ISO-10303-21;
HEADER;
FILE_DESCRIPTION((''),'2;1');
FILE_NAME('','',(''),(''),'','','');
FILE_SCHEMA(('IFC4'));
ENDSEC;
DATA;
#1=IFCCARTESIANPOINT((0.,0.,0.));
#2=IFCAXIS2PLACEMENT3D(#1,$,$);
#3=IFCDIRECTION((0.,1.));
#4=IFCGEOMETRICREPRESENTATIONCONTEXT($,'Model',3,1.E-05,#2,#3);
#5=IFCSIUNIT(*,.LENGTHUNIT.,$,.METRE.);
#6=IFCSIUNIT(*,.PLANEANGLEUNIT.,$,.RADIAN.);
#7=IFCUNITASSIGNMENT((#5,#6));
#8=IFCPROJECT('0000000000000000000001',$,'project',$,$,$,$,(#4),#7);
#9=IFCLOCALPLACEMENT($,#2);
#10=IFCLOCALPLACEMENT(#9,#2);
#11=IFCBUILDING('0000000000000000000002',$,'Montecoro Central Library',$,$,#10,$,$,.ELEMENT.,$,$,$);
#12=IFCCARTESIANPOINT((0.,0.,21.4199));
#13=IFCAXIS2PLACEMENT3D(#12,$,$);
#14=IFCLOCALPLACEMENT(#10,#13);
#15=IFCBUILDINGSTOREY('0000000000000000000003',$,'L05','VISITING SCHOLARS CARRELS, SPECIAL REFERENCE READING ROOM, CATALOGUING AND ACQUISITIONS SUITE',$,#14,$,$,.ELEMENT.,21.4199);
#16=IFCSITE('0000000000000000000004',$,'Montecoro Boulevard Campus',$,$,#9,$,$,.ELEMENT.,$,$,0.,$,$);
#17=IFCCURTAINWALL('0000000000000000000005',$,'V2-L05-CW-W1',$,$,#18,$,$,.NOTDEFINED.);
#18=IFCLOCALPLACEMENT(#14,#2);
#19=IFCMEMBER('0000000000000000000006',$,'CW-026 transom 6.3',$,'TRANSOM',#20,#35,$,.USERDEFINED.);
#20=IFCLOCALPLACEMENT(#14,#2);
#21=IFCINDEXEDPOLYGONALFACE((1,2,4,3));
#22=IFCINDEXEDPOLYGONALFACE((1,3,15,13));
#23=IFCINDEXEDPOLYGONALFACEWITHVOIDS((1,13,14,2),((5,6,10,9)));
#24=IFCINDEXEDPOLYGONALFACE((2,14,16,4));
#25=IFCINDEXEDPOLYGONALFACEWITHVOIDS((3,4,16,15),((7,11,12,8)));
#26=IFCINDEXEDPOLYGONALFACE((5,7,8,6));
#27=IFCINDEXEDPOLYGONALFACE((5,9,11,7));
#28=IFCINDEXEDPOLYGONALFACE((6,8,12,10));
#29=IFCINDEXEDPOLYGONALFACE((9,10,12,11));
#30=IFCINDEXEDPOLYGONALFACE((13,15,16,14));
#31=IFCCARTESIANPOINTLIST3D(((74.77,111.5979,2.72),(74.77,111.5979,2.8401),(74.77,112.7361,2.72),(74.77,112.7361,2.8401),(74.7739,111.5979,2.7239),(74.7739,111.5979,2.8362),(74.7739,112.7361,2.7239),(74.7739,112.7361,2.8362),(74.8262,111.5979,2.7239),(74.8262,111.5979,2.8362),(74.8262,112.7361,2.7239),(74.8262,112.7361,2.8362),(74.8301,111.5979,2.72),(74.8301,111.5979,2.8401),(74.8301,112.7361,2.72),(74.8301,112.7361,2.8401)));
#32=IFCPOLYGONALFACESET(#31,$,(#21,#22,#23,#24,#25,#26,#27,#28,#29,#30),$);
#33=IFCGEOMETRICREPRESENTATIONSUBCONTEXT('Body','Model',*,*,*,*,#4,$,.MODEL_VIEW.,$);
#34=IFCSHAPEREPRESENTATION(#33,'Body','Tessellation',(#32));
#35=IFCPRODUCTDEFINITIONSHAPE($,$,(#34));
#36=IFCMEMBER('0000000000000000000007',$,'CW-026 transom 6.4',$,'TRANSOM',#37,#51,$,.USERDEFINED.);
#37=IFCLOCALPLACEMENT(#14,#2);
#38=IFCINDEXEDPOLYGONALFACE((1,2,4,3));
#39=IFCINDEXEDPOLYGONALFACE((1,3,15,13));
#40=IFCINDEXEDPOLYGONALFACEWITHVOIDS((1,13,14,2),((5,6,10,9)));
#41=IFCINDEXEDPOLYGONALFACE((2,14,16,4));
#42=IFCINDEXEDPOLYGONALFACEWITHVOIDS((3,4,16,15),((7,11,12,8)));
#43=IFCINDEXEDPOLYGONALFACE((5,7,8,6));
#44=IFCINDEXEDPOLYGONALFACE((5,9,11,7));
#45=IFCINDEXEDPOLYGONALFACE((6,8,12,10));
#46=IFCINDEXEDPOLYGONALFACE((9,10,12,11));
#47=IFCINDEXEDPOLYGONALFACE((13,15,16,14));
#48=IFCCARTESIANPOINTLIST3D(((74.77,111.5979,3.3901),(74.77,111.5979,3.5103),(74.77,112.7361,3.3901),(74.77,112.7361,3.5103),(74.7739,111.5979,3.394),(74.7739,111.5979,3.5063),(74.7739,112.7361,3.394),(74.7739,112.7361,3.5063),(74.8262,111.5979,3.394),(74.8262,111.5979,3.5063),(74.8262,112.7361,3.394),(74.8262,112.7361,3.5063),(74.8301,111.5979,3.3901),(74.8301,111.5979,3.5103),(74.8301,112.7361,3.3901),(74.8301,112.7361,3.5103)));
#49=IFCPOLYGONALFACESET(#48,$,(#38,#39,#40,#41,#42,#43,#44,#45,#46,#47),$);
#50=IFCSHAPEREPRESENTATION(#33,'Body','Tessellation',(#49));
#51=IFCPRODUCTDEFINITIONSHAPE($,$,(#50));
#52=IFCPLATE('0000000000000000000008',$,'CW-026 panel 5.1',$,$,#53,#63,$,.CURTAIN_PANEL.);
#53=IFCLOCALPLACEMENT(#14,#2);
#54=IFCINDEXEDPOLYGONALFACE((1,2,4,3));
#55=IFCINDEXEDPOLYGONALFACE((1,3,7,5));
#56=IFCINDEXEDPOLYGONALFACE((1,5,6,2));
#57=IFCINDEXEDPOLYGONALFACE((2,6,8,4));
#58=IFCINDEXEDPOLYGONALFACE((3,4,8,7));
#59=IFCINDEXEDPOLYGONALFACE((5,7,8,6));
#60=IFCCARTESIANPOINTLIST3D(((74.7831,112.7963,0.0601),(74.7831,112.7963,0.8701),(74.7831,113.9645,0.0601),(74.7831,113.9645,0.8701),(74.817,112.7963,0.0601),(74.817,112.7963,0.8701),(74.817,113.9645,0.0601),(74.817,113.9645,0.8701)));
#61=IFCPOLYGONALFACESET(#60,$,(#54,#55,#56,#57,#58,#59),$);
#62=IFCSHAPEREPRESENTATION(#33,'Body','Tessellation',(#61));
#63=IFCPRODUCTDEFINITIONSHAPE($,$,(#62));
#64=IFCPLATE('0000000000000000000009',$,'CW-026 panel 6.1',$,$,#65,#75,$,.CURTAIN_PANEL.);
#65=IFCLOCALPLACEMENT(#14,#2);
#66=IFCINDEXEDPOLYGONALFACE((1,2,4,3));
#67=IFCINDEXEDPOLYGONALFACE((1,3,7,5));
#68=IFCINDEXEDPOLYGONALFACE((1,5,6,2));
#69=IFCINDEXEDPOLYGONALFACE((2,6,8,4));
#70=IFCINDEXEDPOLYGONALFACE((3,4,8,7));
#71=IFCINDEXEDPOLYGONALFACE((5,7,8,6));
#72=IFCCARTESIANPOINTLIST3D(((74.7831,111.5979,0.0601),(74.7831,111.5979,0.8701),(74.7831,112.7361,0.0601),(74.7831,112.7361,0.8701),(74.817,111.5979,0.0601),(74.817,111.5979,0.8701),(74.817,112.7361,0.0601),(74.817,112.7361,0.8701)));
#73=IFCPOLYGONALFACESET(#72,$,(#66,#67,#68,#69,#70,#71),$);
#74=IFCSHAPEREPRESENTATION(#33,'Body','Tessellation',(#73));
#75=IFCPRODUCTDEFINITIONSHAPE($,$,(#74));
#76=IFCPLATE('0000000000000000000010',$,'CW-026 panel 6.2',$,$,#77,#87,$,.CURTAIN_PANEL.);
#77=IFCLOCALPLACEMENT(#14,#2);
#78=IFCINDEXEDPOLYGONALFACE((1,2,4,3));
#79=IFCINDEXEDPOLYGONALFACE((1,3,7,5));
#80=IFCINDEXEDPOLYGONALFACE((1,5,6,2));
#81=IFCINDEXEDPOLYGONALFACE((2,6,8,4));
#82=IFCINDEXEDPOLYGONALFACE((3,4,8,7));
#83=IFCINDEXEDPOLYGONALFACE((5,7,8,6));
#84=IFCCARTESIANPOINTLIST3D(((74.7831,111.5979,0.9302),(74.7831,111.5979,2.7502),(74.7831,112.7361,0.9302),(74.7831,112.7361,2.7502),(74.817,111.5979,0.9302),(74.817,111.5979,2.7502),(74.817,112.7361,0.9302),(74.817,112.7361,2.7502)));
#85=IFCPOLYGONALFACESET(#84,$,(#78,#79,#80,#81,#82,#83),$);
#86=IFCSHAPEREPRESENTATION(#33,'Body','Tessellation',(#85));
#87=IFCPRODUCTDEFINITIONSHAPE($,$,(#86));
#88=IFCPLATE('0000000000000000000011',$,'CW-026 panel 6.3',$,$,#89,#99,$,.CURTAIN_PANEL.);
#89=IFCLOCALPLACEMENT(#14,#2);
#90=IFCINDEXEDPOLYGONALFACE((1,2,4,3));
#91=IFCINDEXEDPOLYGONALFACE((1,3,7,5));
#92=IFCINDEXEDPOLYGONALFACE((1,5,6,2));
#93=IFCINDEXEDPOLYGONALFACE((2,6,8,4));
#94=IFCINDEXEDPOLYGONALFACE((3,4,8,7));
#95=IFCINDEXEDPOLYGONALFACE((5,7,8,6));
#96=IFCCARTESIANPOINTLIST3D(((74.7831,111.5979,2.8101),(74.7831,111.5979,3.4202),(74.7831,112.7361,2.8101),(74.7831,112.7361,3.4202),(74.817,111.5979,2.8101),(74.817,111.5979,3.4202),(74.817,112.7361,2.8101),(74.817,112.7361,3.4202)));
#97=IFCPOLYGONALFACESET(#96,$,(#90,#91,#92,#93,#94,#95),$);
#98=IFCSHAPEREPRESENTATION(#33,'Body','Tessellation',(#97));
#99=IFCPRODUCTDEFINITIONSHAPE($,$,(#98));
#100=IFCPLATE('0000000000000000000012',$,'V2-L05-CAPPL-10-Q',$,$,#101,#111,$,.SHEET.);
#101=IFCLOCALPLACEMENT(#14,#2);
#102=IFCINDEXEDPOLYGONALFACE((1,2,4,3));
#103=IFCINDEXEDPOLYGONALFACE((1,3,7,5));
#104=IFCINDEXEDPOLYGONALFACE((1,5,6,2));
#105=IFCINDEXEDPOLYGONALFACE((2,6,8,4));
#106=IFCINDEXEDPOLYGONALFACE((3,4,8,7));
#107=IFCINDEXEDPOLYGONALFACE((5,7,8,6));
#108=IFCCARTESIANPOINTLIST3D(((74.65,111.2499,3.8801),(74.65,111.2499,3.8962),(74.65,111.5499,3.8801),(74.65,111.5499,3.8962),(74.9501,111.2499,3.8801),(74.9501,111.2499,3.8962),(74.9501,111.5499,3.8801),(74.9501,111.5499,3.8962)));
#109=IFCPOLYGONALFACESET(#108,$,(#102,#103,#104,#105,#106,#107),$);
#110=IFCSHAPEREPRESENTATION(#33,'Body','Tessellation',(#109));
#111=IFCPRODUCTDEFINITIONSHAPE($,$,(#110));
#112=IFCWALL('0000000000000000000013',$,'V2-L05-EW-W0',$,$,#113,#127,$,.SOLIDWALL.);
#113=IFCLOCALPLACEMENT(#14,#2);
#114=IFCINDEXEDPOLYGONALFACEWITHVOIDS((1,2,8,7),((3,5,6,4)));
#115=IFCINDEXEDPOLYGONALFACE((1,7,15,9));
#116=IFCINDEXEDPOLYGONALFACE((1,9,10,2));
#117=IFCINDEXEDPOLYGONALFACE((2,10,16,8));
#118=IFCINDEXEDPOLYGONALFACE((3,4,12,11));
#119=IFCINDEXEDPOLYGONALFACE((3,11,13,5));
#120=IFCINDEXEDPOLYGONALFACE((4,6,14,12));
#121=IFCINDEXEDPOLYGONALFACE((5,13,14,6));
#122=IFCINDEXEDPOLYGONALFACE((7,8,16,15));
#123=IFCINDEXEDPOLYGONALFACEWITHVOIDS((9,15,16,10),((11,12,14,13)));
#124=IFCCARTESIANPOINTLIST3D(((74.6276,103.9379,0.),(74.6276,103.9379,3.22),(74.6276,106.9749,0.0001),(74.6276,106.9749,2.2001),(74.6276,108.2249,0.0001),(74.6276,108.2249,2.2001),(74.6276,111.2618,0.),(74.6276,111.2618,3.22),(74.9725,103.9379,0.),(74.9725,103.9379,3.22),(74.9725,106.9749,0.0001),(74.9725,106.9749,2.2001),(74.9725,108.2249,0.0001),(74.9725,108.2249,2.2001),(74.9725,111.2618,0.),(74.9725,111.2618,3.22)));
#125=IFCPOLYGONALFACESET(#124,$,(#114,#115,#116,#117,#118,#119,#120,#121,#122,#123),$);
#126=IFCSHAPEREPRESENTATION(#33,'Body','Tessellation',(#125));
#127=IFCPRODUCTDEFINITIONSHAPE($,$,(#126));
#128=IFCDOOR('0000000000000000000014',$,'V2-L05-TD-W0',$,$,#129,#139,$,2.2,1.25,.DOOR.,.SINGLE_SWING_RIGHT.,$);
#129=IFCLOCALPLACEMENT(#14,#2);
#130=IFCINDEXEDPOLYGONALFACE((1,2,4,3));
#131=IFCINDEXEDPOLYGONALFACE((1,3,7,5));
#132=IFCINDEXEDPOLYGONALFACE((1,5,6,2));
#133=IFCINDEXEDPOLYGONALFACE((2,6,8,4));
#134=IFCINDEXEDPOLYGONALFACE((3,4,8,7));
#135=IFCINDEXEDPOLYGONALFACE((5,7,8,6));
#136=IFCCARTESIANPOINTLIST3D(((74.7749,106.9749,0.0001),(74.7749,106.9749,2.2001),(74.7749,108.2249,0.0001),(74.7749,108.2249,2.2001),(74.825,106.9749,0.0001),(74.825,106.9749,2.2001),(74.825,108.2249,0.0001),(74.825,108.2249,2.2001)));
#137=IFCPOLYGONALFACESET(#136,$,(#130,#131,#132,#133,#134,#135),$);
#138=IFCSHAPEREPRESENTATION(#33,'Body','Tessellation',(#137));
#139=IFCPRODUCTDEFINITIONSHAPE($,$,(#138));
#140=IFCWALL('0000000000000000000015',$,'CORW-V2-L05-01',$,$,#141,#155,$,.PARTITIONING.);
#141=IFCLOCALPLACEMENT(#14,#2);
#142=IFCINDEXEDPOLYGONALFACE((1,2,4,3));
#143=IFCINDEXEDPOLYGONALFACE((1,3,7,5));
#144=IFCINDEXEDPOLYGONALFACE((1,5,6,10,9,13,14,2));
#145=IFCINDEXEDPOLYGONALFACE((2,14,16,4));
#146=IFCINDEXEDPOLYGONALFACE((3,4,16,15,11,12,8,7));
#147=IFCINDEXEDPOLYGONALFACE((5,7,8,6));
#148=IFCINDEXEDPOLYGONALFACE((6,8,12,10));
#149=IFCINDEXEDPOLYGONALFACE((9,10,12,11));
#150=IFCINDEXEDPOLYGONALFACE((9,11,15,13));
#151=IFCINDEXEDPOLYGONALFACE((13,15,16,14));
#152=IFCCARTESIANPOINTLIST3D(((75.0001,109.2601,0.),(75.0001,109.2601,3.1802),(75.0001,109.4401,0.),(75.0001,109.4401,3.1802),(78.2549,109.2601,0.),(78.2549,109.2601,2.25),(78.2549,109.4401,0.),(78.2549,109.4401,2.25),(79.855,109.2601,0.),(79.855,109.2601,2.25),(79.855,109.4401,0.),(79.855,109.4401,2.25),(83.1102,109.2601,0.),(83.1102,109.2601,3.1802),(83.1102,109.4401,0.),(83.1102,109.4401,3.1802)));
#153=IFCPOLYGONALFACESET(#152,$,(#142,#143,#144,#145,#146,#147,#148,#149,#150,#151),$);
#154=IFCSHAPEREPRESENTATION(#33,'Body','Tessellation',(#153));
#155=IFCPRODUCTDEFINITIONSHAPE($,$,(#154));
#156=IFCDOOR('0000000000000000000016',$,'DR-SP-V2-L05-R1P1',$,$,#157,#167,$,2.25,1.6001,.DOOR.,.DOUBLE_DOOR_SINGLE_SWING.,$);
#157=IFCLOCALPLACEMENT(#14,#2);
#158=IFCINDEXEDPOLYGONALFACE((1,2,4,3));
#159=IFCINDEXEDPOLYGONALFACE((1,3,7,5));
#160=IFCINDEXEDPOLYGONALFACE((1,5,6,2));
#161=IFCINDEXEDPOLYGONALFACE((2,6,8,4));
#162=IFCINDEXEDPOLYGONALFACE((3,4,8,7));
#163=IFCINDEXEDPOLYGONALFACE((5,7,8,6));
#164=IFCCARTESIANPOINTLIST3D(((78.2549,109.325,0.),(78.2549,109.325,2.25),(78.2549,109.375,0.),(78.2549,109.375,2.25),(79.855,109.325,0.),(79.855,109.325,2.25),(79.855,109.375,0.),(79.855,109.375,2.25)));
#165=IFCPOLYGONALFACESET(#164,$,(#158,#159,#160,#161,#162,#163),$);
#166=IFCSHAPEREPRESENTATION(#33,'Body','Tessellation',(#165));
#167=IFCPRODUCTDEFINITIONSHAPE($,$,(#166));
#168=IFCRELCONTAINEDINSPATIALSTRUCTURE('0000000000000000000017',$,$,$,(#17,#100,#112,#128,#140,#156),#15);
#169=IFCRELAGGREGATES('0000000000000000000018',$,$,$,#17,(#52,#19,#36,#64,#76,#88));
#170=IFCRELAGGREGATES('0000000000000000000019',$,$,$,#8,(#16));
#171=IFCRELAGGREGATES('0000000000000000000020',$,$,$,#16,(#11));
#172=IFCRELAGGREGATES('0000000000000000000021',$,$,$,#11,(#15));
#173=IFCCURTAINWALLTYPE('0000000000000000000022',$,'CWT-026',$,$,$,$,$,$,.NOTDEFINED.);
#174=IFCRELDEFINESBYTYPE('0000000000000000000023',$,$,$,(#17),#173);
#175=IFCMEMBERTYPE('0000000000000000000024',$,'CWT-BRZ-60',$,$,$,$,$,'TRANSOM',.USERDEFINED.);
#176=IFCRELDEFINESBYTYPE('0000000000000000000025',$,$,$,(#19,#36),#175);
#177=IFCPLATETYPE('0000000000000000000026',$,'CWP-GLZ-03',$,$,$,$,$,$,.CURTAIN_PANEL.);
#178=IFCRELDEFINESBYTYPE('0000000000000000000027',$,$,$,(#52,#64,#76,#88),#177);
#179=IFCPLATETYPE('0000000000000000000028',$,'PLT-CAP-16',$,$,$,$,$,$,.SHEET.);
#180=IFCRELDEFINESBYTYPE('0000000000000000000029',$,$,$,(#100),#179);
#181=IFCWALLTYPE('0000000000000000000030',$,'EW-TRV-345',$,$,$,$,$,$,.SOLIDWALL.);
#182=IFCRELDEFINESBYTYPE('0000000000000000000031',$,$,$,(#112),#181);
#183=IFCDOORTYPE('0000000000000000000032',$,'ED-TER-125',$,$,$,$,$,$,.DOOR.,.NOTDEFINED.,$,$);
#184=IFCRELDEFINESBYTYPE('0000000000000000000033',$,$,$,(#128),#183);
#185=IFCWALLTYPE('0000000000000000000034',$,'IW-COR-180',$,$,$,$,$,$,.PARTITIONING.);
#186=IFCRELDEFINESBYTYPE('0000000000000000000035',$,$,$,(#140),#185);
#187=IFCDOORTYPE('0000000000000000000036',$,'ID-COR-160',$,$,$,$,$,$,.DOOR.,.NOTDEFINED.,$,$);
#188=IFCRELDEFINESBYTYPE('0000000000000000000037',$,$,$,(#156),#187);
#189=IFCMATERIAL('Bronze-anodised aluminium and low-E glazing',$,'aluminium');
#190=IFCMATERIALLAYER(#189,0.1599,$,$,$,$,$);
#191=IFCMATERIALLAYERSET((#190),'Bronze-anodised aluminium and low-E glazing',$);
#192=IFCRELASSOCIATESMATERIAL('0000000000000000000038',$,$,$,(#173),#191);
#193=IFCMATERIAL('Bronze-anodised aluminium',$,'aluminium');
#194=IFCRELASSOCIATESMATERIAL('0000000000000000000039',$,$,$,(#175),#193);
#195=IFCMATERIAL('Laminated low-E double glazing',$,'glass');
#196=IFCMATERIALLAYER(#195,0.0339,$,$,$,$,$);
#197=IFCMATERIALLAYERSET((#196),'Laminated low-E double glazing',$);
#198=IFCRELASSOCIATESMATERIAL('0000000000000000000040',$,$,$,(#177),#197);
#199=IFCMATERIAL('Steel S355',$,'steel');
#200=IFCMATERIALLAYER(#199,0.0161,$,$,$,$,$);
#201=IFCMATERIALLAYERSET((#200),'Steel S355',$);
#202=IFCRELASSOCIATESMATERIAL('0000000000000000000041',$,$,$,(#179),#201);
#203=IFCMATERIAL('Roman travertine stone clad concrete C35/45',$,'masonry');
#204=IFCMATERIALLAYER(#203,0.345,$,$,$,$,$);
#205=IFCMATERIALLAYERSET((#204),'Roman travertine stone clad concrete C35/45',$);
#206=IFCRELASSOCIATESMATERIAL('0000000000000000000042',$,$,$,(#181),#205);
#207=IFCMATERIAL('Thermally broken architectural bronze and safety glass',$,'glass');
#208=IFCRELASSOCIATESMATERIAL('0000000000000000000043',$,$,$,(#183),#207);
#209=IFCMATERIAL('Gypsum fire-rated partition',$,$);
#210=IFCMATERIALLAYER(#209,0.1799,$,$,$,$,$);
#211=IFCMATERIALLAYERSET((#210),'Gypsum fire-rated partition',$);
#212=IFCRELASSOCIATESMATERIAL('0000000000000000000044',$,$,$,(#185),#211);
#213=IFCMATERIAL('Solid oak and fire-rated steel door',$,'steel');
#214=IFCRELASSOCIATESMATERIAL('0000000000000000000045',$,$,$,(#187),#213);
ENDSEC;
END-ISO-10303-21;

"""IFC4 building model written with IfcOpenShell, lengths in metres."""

from ifc_helpers import new_model, si_unit, direction, frame, frame_2d, origin, origin_2d, place, context, subcontext, project, spatial, rectangle, hollow_rectangle, extrude, material, layer, layer_set, material_profile, profile_set, type_object, element, fill, aggregate, save


model = new_model("IFC4")

# Units and contexts
model_context = context("Model", 3, precision=1e-05, world=origin(), true_north=direction((0.0, 1.0)))
body_context = subcontext(model_context, "Body", "Model", "MODEL_VIEW")
ifc_project = project(units=[si_unit("LENGTHUNIT", "METRE"), si_unit("PLANEANGLEUNIT", "RADIAN")], contexts=[model_context])

# Site, building, storey
site_placement = place(None, origin())
site = spatial("IfcSite", under=ifc_project, at=site_placement, Name="Montecoro Boulevard Campus", CompositionType="ELEMENT", RefElevation=0.0)
building_placement = place(site_placement, origin())
building = spatial("IfcBuilding", under=site, at=building_placement, Name="Montecoro Central Library", CompositionType="ELEMENT")
storey_placement = place(building_placement, frame((0.0, 0.0, 21.4199)))
storey = spatial("IfcBuildingStorey", under=building, at=storey_placement, Name="L05", Description="VISITING SCHOLARS CARRELS, SPECIAL REFERENCE READING ROOM, CATALOGUING AND ACQUISITIONS SUITE", CompositionType="ELEMENT", Elevation=21.4199)

# Shared definitions
ifc_material_1 = material(Name="Steel S355", Category="steel")

# Curtain wall, members, plates
ifc_material_2 = material(Name="Bronze-anodised aluminium and low-E glazing", Category="aluminium")
ifc_layer_1 = layer(ifc_material_2, 0.1599)
ifc_layer_set_1 = layer_set([ifc_layer_1], Name="Bronze-anodised aluminium and low-E glazing")
curtain_wall_type = type_object("IfcCurtainWallType", Name="CWT-026", PredefinedType="NOTDEFINED", material=ifc_layer_set_1)
curtain_wall_placement = place(storey_placement, origin())
curtain_wall = element("IfcCurtainWall", 1, at=curtain_wall_placement, inside=storey, type_object=curtain_wall_type, Name="V2-L05-CW-W1", PredefinedType="NOTDEFINED")
ifc_material_3 = material(Name="Bronze-anodised aluminium", Category="aluminium")
ifc_material_profile_1 = material_profile(ifc_material_3, hollow_rectangle(XDim=0.0601, YDim=0.1201, WallThickness=0.0039, at=origin_2d()), Name="CWT 120x60x4.0")
ifc_profile_set_1 = profile_set([ifc_material_profile_1], Name="Bronze-anodised aluminium")
member_type_1 = type_object("IfcMemberType", Name="CWT-BRZ-60", ElementType="TRANSOM", PredefinedType="USERDEFINED", material=ifc_profile_set_1)
member_1_placement = place(storey_placement, frame((74.8, 112.7361, 2.78), z_axis=(0.0, -1.0, 0.0), x_axis=(1.0, 0.0, 0.0)))
member_1 = element("IfcMember", 2, at=member_1_placement, type_object=member_type_1, Name="CW-026 transom 6.3", ObjectType="TRANSOM", PredefinedType="USERDEFINED", context=body_context, shape_type="SweptSolid", body=[
    extrude(hollow_rectangle(XDim=0.0601, YDim=0.1201, WallThickness=0.0039, at=origin_2d()), origin(), (0.0, 0.0, 1.0), 1.1382),
])
member_2_placement = place(storey_placement, frame((74.8, 112.7361, 3.4502), z_axis=(0.0, -1.0, 0.0), x_axis=(1.0, 0.0, 0.0)))
member_2 = element("IfcMember", 3, at=member_2_placement, type_object=member_type_1, Name="CW-026 transom 6.4", ObjectType="TRANSOM", PredefinedType="USERDEFINED", context=body_context, shape_type="SweptSolid", body=[
    extrude(hollow_rectangle(XDim=0.0601, YDim=0.1201, WallThickness=0.0039, at=origin_2d()), origin(), (0.0, 0.0, 1.0), 1.1382),
])
ifc_material_4 = material(Name="Laminated low-E double glazing", Category="glass")
ifc_layer_2 = layer(ifc_material_4, 0.0339)
ifc_layer_set_2 = layer_set([ifc_layer_2], Name="Laminated low-E double glazing")
plate_type_1 = type_object("IfcPlateType", Name="CWP-GLZ-03", PredefinedType="CURTAIN_PANEL", material=ifc_layer_set_2)
plate_1_placement = place(storey_placement, frame((74.8, 113.3804, 0.0601), z_axis=(0.0, 0.0, 1.0), x_axis=(0.0, -1.0, 0.0)))
plate_1 = element("IfcPlate", 4, at=plate_1_placement, type_object=plate_type_1, Name="CW-026 panel 5.1", PredefinedType="CURTAIN_PANEL", context=body_context, shape_type="SweptSolid", body=[
    extrude(rectangle(XDim=1.1682, YDim=0.0339, at=origin_2d()), origin(), (0.0, 0.0, 1.0), 0.8101),
])
plate_2_placement = place(storey_placement, frame((74.8, 112.167, 0.0601), z_axis=(0.0, 0.0, 1.0), x_axis=(0.0, -1.0, 0.0)))
plate_2 = element("IfcPlate", 5, at=plate_2_placement, type_object=plate_type_1, Name="CW-026 panel 6.1", PredefinedType="CURTAIN_PANEL", context=body_context, shape_type="SweptSolid", body=[
    extrude(rectangle(XDim=1.1382, YDim=0.0339, at=origin_2d()), origin(), (0.0, 0.0, 1.0), 0.8101),
])
plate_3_placement = place(storey_placement, frame((74.8, 112.167, 0.9302), z_axis=(0.0, 0.0, 1.0), x_axis=(0.0, -1.0, 0.0)))
plate_3 = element("IfcPlate", 6, at=plate_3_placement, type_object=plate_type_1, Name="CW-026 panel 6.2", PredefinedType="CURTAIN_PANEL", context=body_context, shape_type="SweptSolid", body=[
    extrude(rectangle(XDim=1.1382, YDim=0.0339, at=origin_2d()), origin(), (0.0, 0.0, 1.0), 1.8201),
])
plate_4_placement = place(storey_placement, frame((74.8, 112.167, 2.8101), z_axis=(0.0, 0.0, 1.0), x_axis=(0.0, -1.0, 0.0)))
plate_4 = element("IfcPlate", 7, at=plate_4_placement, type_object=plate_type_1, Name="CW-026 panel 6.3", PredefinedType="CURTAIN_PANEL", context=body_context, shape_type="SweptSolid", body=[
    extrude(rectangle(XDim=1.1382, YDim=0.0339, at=origin_2d()), origin(), (0.0, 0.0, 1.0), 0.6101),
])
aggregate(curtain_wall, [plate_1, member_1, member_2, plate_2, plate_3, plate_4])

# Plate
ifc_layer_3 = layer(ifc_material_1, 0.0161)
ifc_layer_set_3 = layer_set([ifc_layer_3], Name="Steel S355")
plate_type_2 = type_object("IfcPlateType", Name="PLT-CAP-16", PredefinedType="SHEET", material=ifc_layer_set_3)
plate_5_placement = place(storey_placement, frame((74.8, 111.3999, 3.8801), z_axis=(0.0, 0.0, 1.0), x_axis=(1.0, 0.0, 0.0)))
element("IfcPlate", 8, at=plate_5_placement, inside=storey, type_object=plate_type_2, Name="V2-L05-CAPPL-10-Q", PredefinedType="SHEET", context=body_context, shape_type="SweptSolid", body=[
    extrude(rectangle(XDim=0.3, YDim=0.3, at=origin_2d()), origin(), (0.0, 0.0, 1.0), 0.0161),
])

# Walls, openings, doors
ifc_material_5 = material(Name="Roman travertine stone clad concrete C35/45", Category="masonry")
ifc_layer_4 = layer(ifc_material_5, 0.345)
ifc_layer_set_4 = layer_set([ifc_layer_4], Name="Roman travertine stone clad concrete C35/45")
wall_type_1 = type_object("IfcWallType", Name="EW-TRV-345", PredefinedType="SOLIDWALL", material=ifc_layer_set_4)
wall_1_placement = place(storey_placement, frame((74.8, 111.262, 0.0), z_axis=(0.0, 0.0, 1.0), x_axis=(0.0, -1.0, 0.0)))
wall_1 = element("IfcWall", 9, at=wall_1_placement, inside=storey, type_object=wall_type_1, Name="V2-L05-EW-W0", PredefinedType="SOLIDWALL", context=body_context, shape_type="SweptSolid", body=[
    extrude(rectangle(XDim=7.324, YDim=0.345, at=frame_2d((3.6621, 0.0))), origin(), (0.0, 0.0, 1.0), 3.22),
])
opening_1_placement = place(wall_1_placement, frame((3.0371, 0.0, 0.0)))
opening_1 = element("IfcOpeningElement", 10, at=opening_1_placement, cuts=wall_1, PredefinedType="OPENING", context=body_context, shape_type="SweptSolid", body=[
    extrude(rectangle(XDim=1.25, YDim=2.2, at=frame_2d((0.625, 1.1001))), frame((0.0, 0.1824, 0.0), z_axis=(0.0, -1.0, 0.0), x_axis=(1.0, 0.0, 0.0)), (0.0, 0.0, 1.0), 0.365),
])
ifc_material_6 = material(Name="Thermally broken architectural bronze and safety glass", Category="glass")
door_type_1 = type_object("IfcDoorType", Name="ED-TER-125", OperationType="NOTDEFINED", PredefinedType="DOOR", material=ifc_material_6)
door_1_placement = place(opening_1_placement, origin())
door_1 = element("IfcDoor", 11, at=door_1_placement, inside=storey, type_object=door_type_1, Name="V2-L05-TD-W0", OperationType="SINGLE_SWING_RIGHT", OverallHeight=2.2, OverallWidth=1.25, PredefinedType="DOOR", context=body_context, shape_type="SweptSolid", body=[
    extrude(rectangle(XDim=1.25, YDim=2.2, at=frame_2d((0.625, 1.1001))), frame((0.0, 0.0249, 0.0), z_axis=(0.0, -1.0, 0.0), x_axis=(1.0, 0.0, 0.0)), (0.0, 0.0, 1.0), 0.05),
])
fill(opening_1, door_1)
ifc_material_7 = material(Name="Gypsum fire-rated partition")
ifc_layer_5 = layer(ifc_material_7, 0.1799)
ifc_layer_set_5 = layer_set([ifc_layer_5], Name="Gypsum fire-rated partition")
wall_type_2 = type_object("IfcWallType", Name="IW-COR-180", PredefinedType="PARTITIONING", material=ifc_layer_set_5)
wall_2_placement = place(storey_placement, frame((75.0, 109.3501, 0.0), z_axis=(0.0, 0.0, 1.0), x_axis=(1.0, 0.0, 0.0)))
wall_2 = element("IfcWall", 12, at=wall_2_placement, inside=storey, type_object=wall_type_2, Name="CORW-V2-L05-01", PredefinedType="PARTITIONING", context=body_context, shape_type="SweptSolid", body=[
    extrude(rectangle(XDim=8.1101, YDim=0.1799, at=frame_2d((4.0552, 0.0))), origin(), (0.0, 0.0, 1.0), 3.1802),
])
opening_2_placement = place(wall_2_placement, frame((3.2549, 0.0, 0.0)))
opening_2 = element("IfcOpeningElement", 13, at=opening_2_placement, cuts=wall_2, PredefinedType="OPENING", context=body_context, shape_type="SweptSolid", body=[
    extrude(rectangle(XDim=1.6001, YDim=2.25, at=frame_2d((0.8, 1.125))), frame((0.0, 0.0999, 0.0), z_axis=(0.0, -1.0, 0.0), x_axis=(1.0, 0.0, 0.0)), (0.0, 0.0, 1.0), 0.2),
])
ifc_material_8 = material(Name="Solid oak and fire-rated steel door", Category="steel")
door_type_2 = type_object("IfcDoorType", Name="ID-COR-160", OperationType="NOTDEFINED", PredefinedType="DOOR", material=ifc_material_8)
door_2_placement = place(opening_2_placement, origin())
door_2 = element("IfcDoor", 14, at=door_2_placement, inside=storey, type_object=door_type_2, Name="DR-SP-V2-L05-R1P1", OperationType="DOUBLE_DOOR_SINGLE_SWING", OverallHeight=2.25, OverallWidth=1.6001, PredefinedType="DOOR", context=body_context, shape_type="SweptSolid", body=[
    extrude(rectangle(XDim=1.6001, YDim=2.25, at=frame_2d((0.8, 1.125))), frame((0.0, 0.0249, 0.0), z_axis=(0.0, -1.0, 0.0), x_axis=(1.0, 0.0, 0.0)), (0.0, 0.0, 1.0), 0.05),
])
fill(opening_2, door_2)

save(model, "model.ifc")
